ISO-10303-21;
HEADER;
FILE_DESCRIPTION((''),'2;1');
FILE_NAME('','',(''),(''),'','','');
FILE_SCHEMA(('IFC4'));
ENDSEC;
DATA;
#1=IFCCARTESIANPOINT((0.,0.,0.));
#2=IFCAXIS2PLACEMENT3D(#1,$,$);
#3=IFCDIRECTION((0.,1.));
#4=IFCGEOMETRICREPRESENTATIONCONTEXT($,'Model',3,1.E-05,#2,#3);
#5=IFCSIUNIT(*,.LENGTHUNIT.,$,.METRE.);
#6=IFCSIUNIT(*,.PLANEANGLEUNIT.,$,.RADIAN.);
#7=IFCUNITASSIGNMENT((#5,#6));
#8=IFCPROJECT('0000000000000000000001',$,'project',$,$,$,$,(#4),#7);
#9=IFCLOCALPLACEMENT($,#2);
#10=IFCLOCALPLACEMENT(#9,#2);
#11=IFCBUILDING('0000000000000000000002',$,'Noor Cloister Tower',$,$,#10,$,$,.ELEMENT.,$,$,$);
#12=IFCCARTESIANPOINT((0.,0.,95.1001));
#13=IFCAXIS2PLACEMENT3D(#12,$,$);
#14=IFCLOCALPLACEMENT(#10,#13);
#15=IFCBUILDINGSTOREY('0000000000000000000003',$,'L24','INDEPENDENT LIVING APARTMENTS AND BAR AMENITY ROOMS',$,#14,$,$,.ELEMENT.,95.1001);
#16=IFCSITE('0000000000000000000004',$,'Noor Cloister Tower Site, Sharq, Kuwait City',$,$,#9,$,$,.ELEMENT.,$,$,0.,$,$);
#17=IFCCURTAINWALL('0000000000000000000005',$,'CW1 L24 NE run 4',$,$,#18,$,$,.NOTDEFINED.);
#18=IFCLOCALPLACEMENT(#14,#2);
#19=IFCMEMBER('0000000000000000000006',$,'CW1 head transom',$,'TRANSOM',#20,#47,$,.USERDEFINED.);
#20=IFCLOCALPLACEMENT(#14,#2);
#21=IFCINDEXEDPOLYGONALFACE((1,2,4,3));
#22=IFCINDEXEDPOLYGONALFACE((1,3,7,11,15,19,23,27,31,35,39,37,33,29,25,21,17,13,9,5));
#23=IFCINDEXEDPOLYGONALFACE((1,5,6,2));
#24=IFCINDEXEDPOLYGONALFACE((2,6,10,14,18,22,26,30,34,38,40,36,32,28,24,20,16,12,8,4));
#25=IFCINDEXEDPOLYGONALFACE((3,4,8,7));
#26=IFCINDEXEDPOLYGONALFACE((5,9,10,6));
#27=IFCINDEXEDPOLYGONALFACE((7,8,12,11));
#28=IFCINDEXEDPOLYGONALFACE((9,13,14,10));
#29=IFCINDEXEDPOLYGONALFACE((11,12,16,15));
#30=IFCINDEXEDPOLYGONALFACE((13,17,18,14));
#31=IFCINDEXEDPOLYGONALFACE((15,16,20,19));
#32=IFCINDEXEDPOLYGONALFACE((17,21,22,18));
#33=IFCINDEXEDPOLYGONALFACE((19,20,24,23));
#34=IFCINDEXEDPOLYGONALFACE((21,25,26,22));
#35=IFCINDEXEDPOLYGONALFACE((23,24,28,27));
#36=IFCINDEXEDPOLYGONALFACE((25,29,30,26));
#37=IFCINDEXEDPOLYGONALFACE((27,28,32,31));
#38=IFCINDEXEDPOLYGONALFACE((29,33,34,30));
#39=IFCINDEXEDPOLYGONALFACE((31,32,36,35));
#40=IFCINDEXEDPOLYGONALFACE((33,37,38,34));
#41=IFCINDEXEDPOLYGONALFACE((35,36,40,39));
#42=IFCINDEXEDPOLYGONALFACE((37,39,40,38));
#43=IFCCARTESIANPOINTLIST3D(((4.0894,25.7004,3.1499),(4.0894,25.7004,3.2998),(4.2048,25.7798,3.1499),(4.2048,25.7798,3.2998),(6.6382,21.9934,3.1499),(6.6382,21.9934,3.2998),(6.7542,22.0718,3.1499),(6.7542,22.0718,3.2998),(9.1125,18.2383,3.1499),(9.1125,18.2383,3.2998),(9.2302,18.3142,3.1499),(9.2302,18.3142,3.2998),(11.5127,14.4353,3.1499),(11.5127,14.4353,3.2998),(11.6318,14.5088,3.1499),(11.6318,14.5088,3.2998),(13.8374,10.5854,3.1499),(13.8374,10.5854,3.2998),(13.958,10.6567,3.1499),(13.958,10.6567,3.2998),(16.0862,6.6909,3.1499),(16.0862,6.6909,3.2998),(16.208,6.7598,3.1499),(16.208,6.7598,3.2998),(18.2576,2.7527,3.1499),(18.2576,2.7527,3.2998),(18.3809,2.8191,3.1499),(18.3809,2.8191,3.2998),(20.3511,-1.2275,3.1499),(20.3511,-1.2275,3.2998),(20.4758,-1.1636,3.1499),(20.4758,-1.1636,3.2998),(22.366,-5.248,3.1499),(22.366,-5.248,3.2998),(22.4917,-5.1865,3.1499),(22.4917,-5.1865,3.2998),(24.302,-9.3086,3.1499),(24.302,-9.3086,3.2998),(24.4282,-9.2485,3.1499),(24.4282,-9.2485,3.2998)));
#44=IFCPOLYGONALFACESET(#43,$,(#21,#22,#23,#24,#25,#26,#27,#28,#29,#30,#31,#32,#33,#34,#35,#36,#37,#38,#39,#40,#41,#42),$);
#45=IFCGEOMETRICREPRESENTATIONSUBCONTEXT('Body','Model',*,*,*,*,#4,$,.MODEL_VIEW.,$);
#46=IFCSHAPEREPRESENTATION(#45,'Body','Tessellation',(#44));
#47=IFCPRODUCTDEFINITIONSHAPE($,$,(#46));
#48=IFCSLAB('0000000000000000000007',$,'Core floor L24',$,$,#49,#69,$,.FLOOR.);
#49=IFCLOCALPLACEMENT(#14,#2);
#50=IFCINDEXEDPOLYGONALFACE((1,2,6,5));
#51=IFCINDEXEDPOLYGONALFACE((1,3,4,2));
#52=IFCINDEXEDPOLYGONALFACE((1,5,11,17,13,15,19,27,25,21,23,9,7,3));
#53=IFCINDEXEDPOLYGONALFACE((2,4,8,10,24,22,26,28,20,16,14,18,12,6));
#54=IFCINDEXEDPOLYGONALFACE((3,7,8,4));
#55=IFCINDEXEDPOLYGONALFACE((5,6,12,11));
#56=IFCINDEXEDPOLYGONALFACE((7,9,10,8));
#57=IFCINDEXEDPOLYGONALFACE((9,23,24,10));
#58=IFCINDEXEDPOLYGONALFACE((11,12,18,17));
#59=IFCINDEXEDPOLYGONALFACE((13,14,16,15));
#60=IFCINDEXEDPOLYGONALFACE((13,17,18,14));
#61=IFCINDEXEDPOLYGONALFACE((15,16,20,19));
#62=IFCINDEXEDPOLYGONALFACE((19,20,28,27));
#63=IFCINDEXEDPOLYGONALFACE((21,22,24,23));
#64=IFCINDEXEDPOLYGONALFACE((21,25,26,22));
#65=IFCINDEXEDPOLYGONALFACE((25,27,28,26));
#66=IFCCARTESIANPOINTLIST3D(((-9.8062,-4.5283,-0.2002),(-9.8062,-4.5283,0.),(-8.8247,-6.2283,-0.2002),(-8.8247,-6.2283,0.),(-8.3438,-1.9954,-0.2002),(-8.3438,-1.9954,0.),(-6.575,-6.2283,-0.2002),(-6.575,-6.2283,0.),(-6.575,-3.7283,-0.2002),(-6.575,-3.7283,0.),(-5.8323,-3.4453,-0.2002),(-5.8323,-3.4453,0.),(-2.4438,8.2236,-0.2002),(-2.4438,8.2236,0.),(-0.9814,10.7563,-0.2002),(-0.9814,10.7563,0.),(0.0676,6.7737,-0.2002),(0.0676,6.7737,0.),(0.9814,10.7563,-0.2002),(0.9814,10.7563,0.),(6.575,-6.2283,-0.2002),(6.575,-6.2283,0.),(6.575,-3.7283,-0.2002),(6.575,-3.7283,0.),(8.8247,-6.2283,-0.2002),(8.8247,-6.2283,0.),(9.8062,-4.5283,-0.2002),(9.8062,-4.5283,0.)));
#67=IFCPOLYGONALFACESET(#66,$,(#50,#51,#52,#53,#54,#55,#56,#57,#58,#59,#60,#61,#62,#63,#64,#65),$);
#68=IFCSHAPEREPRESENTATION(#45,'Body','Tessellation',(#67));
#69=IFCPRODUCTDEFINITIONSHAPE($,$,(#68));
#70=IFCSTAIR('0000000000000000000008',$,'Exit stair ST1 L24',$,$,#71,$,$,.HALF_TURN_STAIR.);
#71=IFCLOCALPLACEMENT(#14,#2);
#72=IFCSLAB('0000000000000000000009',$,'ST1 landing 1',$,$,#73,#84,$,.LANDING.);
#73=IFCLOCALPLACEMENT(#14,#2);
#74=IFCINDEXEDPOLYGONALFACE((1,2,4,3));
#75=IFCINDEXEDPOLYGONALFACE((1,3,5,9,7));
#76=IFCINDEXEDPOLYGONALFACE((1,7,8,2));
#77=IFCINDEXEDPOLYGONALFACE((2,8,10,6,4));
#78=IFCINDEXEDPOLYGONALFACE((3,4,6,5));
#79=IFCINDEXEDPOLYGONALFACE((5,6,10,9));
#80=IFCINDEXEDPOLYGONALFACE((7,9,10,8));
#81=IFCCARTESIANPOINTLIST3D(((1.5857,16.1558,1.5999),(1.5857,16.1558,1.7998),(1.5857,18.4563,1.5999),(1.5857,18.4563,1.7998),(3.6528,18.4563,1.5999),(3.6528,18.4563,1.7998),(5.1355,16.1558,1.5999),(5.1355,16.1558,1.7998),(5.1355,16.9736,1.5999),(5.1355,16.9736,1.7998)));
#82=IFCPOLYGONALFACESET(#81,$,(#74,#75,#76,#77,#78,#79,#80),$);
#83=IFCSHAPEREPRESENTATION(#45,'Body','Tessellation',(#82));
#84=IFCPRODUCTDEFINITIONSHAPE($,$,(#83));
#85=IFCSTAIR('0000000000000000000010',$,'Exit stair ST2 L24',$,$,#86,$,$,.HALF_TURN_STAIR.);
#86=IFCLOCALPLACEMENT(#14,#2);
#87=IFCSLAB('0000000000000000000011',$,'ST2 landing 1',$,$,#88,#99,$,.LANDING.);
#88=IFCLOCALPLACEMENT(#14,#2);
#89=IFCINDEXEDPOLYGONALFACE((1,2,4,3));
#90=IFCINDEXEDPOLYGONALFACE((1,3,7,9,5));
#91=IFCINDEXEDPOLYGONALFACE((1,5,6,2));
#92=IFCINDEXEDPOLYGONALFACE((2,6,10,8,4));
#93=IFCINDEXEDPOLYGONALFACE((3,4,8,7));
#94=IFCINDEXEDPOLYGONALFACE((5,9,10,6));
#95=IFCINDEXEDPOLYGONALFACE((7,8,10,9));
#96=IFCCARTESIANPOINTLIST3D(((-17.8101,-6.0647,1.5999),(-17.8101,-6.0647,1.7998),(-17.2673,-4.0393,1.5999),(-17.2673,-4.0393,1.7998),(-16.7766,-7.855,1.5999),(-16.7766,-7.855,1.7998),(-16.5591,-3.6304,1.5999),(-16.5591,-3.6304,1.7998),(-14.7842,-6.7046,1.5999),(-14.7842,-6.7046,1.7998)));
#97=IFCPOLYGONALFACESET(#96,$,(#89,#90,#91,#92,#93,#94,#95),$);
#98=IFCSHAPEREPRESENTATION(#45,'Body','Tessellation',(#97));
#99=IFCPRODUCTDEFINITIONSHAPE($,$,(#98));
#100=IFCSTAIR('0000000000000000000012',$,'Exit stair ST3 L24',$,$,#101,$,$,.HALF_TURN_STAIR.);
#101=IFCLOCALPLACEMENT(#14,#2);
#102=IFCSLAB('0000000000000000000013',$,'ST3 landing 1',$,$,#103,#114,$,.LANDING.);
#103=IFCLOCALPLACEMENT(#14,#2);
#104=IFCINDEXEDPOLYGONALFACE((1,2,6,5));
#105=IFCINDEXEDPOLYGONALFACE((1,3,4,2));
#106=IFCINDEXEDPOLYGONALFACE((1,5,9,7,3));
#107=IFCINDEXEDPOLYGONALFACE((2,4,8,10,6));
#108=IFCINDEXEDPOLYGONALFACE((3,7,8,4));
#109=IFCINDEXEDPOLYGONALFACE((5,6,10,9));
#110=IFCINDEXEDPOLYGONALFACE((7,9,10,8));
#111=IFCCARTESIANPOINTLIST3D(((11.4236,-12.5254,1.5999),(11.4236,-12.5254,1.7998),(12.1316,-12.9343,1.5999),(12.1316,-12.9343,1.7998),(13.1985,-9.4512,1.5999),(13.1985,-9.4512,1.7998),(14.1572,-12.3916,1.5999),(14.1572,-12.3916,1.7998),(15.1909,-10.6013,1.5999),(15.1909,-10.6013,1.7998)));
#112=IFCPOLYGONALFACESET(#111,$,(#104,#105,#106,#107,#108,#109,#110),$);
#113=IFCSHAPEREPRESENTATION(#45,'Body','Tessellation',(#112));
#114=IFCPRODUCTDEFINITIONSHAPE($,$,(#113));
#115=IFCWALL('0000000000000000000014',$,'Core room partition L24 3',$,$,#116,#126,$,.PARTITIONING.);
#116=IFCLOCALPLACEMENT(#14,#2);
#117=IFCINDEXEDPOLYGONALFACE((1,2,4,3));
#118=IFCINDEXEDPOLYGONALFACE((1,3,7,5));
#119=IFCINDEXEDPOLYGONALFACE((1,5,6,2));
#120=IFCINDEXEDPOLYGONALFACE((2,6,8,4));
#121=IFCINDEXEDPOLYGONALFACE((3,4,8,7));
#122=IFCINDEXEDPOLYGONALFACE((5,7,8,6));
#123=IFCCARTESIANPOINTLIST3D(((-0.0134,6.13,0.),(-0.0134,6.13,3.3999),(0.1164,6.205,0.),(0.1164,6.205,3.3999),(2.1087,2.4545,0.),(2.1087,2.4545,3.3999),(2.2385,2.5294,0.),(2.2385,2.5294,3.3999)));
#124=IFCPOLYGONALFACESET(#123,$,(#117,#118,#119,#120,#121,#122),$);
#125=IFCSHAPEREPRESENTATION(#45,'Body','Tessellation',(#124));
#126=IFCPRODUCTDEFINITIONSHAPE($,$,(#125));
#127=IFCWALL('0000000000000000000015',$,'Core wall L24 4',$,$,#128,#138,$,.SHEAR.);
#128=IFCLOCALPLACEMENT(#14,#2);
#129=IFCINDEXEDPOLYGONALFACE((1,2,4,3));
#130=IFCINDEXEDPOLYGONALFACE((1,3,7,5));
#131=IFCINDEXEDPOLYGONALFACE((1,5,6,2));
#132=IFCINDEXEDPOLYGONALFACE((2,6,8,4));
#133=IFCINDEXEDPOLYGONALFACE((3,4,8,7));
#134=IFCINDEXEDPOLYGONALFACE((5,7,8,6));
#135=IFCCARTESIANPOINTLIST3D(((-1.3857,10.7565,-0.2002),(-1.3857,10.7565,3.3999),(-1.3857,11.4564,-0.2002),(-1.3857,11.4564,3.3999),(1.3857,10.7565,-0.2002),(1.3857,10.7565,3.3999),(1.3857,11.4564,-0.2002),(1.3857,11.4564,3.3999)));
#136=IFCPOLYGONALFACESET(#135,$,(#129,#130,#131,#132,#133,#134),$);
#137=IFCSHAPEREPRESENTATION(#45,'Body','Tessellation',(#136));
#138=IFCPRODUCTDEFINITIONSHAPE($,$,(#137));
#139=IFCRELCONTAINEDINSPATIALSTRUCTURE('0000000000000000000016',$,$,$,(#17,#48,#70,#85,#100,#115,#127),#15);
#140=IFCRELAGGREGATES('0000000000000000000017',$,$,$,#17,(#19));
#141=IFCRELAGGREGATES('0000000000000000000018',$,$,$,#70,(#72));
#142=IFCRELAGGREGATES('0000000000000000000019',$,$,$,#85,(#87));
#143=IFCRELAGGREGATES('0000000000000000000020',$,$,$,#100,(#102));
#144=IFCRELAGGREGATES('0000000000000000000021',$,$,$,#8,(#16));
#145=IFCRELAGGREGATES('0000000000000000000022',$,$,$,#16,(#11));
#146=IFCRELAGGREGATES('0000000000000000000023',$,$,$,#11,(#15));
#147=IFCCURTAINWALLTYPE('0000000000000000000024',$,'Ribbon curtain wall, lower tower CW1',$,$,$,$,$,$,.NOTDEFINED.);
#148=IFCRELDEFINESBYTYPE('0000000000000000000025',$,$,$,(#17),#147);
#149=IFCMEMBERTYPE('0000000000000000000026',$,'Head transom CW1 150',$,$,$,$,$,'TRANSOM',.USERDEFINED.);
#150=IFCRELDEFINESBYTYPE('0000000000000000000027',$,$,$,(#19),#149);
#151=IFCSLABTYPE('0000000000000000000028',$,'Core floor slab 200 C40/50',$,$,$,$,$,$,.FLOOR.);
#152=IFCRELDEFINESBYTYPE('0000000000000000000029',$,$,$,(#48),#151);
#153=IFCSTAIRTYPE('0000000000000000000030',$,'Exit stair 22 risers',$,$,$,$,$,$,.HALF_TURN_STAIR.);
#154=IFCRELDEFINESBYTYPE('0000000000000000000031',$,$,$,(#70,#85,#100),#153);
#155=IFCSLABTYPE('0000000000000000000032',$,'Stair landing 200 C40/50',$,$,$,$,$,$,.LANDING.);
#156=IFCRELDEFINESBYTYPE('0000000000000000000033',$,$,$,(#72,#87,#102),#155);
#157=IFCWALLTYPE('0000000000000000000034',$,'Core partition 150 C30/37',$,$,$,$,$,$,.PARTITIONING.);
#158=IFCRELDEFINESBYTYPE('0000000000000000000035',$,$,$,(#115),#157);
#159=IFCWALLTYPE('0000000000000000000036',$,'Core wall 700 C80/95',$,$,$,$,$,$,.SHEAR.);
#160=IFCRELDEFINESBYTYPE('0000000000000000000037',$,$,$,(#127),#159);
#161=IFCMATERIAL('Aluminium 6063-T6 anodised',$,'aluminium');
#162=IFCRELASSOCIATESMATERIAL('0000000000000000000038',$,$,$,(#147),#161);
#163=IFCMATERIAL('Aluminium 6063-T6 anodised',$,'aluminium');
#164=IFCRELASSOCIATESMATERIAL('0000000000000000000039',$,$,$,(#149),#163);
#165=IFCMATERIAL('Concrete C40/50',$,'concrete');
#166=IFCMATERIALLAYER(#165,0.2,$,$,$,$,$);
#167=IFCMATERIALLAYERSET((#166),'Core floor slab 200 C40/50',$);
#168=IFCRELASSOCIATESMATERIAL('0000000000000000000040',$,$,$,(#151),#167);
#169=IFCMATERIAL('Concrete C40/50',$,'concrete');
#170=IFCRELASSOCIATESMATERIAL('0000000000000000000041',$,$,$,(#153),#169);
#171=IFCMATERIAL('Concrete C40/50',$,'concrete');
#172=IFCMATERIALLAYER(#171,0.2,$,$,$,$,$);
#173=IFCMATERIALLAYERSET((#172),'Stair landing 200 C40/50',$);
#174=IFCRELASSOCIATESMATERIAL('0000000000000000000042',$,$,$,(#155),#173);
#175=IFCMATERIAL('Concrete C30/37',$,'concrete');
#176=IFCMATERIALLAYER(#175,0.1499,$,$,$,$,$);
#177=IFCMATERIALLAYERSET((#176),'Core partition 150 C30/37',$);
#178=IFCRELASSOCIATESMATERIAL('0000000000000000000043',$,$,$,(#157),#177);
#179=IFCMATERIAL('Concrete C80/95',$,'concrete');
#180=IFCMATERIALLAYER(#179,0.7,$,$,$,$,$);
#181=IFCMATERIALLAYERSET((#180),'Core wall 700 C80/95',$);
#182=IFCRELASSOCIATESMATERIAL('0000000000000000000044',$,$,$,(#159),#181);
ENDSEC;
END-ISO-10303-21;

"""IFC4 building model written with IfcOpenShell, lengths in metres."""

from ifc_helpers import new_model, si_unit, direction, frame, frame_2d, origin, place, context, subcontext, project, spatial, polyline, rectangle, outline, extrude, material, layer, layer_set, type_object, element, aggregate, save


model = new_model("IFC4")

# Units and contexts
model_context = context("Model", 3, precision=1e-05, world=origin(), true_north=direction((0.0, 1.0)))
body_context = subcontext(model_context, "Body", "Model", "MODEL_VIEW")
ifc_project = project(units=[si_unit("LENGTHUNIT", "METRE"), si_unit("PLANEANGLEUNIT", "RADIAN")], contexts=[model_context])

# Site, building, storey
site_placement = place(None, origin())
site = spatial("IfcSite", under=ifc_project, at=site_placement, Name="Noor Cloister Tower Site, Sharq, Kuwait City", CompositionType="ELEMENT", RefElevation=0.0)
building_placement = place(site_placement, origin())
building = spatial("IfcBuilding", under=site, at=building_placement, Name="Noor Cloister Tower", CompositionType="ELEMENT")
storey_placement = place(building_placement, frame((0.0, 0.0, 95.1001)))
storey = spatial("IfcBuildingStorey", under=building, at=storey_placement, Name="L24", Description="INDEPENDENT LIVING APARTMENTS AND BAR AMENITY ROOMS", CompositionType="ELEMENT", Elevation=95.1001)

# Curtain wall, member
ifc_material_1 = material(Name="Aluminium 6063-T6 anodised", Category="aluminium")
curtain_wall_type = type_object("IfcCurtainWallType", Name="Ribbon curtain wall, lower tower CW1", PredefinedType="NOTDEFINED", material=ifc_material_1)
curtain_wall_placement = place(storey_placement, origin())
curtain_wall = element("IfcCurtainWall", 1, at=curtain_wall_placement, inside=storey, type_object=curtain_wall_type, Name="CW1 L24 NE run 4", PredefinedType="NOTDEFINED")
ifc_material_2 = material(Name="Aluminium 6063-T6 anodised", Category="aluminium")
member_type = type_object("IfcMemberType", Name="Head transom CW1 150", ElementType="TRANSOM", PredefinedType="USERDEFINED", material=ifc_material_2)
member_placement = place(storey_placement, frame((0.0, 0.0, 3.1499)))
member = element("IfcMember", 2, at=member_placement, type_object=member_type, Name="CW1 head transom", ObjectType="TRANSOM", PredefinedType="USERDEFINED", context=body_context, shape_type="SweptSolid", body=[
    extrude(outline(polyline([(24.4282, -9.2485), (22.4917, -5.1865), (20.4758, -1.1636), (18.3809, 2.8191), (16.208, 6.7598), (13.958, 10.6567), (11.6318, 14.5088), (9.2302, 18.3142), (6.7542, 22.0718), (4.2048, 25.7798), (4.0894, 25.7004), (6.6382, 21.9934), (9.1125, 18.2383), (11.5127, 14.4353), (13.8374, 10.5854), (16.0862, 6.6909), (18.2576, 2.7527), (20.3511, -1.2275), (22.366, -5.248), (24.302, -9.3086), (24.4282, -9.2485)])), origin(), (0.0, 0.0, 1.0), 0.1499),
])
aggregate(curtain_wall, [member])

# Slab
ifc_material_3 = material(Name="Concrete C40/50", Category="concrete")
ifc_layer_1 = layer(ifc_material_3, 0.2)
ifc_layer_set_1 = layer_set([ifc_layer_1], Name="Core floor slab 200 C40/50")
slab_type_1 = type_object("IfcSlabType", Name="Core floor slab 200 C40/50", PredefinedType="FLOOR", material=ifc_layer_set_1)
slab_1_placement = place(storey_placement, frame((0.0, 0.0, -0.2002)))
element("IfcSlab", 3, at=slab_1_placement, inside=storey, type_object=slab_type_1, Name="Core floor L24", PredefinedType="FLOOR", context=body_context, shape_type="SweptSolid", body=[
    extrude(outline(polyline([(-6.575, -6.2283), (-6.575, -3.7283), (6.575, -3.7283), (6.575, -6.2283), (8.8247, -6.2283), (9.8062, -4.5283), (0.9814, 10.7563), (-0.9814, 10.7563), (-2.4438, 8.2236), (0.0676, 6.7737), (-5.8323, -3.4453), (-8.3438, -1.9954), (-9.8062, -4.5283), (-8.8247, -6.2283), (-6.575, -6.2283)])), origin(), (0.0, 0.0, 1.0), 0.2002),
])

# Stairs, slabs
ifc_material_4 = material(Name="Concrete C40/50", Category="concrete")
stair_type = type_object("IfcStairType", Name="Exit stair 22 risers", PredefinedType="HALF_TURN_STAIR", material=ifc_material_4)
stair_1_placement = place(storey_placement, origin())
stair_1 = element("IfcStair", 4, at=stair_1_placement, inside=storey, type_object=stair_type, Name="Exit stair ST1 L24", PredefinedType="HALF_TURN_STAIR")
ifc_material_5 = material(Name="Concrete C40/50", Category="concrete")
ifc_layer_2 = layer(ifc_material_5, 0.2)
ifc_layer_set_2 = layer_set([ifc_layer_2], Name="Stair landing 200 C40/50")
slab_type_2 = type_object("IfcSlabType", Name="Stair landing 200 C40/50", PredefinedType="LANDING", material=ifc_layer_set_2)
slab_2_placement = place(storey_placement, frame((0.0, 0.0, 1.5999)))
slab_2 = element("IfcSlab", 5, at=slab_2_placement, type_object=slab_type_2, Name="ST1 landing 1", PredefinedType="LANDING", context=body_context, shape_type="SweptSolid", body=[
    extrude(outline(polyline([(5.1355, 16.1558), (5.1355, 16.9736), (3.6528, 18.4563), (1.5857, 18.4563), (1.5857, 16.1558), (5.1355, 16.1558)])), origin(), (0.0, 0.0, 1.0), 0.2),
])
aggregate(stair_1, [slab_2])
stair_2_placement = place(storey_placement, origin())
stair_2 = element("IfcStair", 6, at=stair_2_placement, inside=storey, type_object=stair_type, Name="Exit stair ST2 L24", PredefinedType="HALF_TURN_STAIR")
slab_3_placement = place(storey_placement, frame((0.0, 0.0, 1.5999)))
slab_3 = element("IfcSlab", 7, at=slab_3_placement, type_object=slab_type_2, Name="ST2 landing 1", PredefinedType="LANDING", context=body_context, shape_type="SweptSolid", body=[
    extrude(outline(polyline([(-16.5591, -3.6304), (-17.2673, -4.0393), (-17.8101, -6.0647), (-16.7766, -7.855), (-14.7842, -6.7046), (-16.5591, -3.6304)])), origin(), (0.0, 0.0, 1.0), 0.2),
])
aggregate(stair_2, [slab_3])
stair_3_placement = place(storey_placement, origin())
stair_3 = element("IfcStair", 8, at=stair_3_placement, inside=storey, type_object=stair_type, Name="Exit stair ST3 L24", PredefinedType="HALF_TURN_STAIR")
slab_4_placement = place(storey_placement, frame((0.0, 0.0, 1.5999)))
slab_4 = element("IfcSlab", 9, at=slab_4_placement, type_object=slab_type_2, Name="ST3 landing 1", PredefinedType="LANDING", context=body_context, shape_type="SweptSolid", body=[
    extrude(outline(polyline([(11.4236, -12.5254), (12.1316, -12.9343), (14.1572, -12.3916), (15.1909, -10.6013), (13.1985, -9.4512), (11.4236, -12.5254)])), origin(), (0.0, 0.0, 1.0), 0.2),
])
aggregate(stair_3, [slab_4])

# Walls
ifc_material_6 = material(Name="Concrete C30/37", Category="concrete")
ifc_layer_3 = layer(ifc_material_6, 0.1499)
ifc_layer_set_3 = layer_set([ifc_layer_3], Name="Core partition 150 C30/37")
wall_type_1 = type_object("IfcWallType", Name="Core partition 150 C30/37", PredefinedType="PARTITIONING", material=ifc_layer_set_3)
wall_1_placement = place(storey_placement, frame((2.1736, 2.4919, 0.0), z_axis=(0.0, 0.0, 1.0), x_axis=(-0.5, 0.866026, 0.0)))
element("IfcWall", 10, at=wall_1_placement, inside=storey, type_object=wall_type_1, Name="Core room partition L24 3", PredefinedType="PARTITIONING", context=body_context, shape_type="SweptSolid", body=[
    extrude(rectangle(XDim=4.2441, YDim=0.1499, at=frame_2d((2.1221, 0.0))), origin(), (0.0, 0.0, 1.0), 3.3999),
])
ifc_material_7 = material(Name="Concrete C80/95", Category="concrete")
ifc_layer_4 = layer(ifc_material_7, 0.7)
ifc_layer_set_4 = layer_set([ifc_layer_4], Name="Core wall 700 C80/95")
wall_type_2 = type_object("IfcWallType", Name="Core wall 700 C80/95", PredefinedType="SHEAR", material=ifc_layer_set_4)
wall_2_placement = place(storey_placement, frame((1.3857, 11.1064, -0.2002), z_axis=(0.0, 0.0, 1.0), x_axis=(-1.0, 0.0, 0.0)))
element("IfcWall", 11, at=wall_2_placement, inside=storey, type_object=wall_type_2, Name="Core wall L24 4", PredefinedType="SHEAR", context=body_context, shape_type="SweptSolid", body=[
    extrude(rectangle(XDim=2.7715, YDim=0.7, at=frame_2d((1.3857, 0.0))), origin(), (0.0, 0.0, 1.0), 3.6001),
])

save(model, "model.ifc")
